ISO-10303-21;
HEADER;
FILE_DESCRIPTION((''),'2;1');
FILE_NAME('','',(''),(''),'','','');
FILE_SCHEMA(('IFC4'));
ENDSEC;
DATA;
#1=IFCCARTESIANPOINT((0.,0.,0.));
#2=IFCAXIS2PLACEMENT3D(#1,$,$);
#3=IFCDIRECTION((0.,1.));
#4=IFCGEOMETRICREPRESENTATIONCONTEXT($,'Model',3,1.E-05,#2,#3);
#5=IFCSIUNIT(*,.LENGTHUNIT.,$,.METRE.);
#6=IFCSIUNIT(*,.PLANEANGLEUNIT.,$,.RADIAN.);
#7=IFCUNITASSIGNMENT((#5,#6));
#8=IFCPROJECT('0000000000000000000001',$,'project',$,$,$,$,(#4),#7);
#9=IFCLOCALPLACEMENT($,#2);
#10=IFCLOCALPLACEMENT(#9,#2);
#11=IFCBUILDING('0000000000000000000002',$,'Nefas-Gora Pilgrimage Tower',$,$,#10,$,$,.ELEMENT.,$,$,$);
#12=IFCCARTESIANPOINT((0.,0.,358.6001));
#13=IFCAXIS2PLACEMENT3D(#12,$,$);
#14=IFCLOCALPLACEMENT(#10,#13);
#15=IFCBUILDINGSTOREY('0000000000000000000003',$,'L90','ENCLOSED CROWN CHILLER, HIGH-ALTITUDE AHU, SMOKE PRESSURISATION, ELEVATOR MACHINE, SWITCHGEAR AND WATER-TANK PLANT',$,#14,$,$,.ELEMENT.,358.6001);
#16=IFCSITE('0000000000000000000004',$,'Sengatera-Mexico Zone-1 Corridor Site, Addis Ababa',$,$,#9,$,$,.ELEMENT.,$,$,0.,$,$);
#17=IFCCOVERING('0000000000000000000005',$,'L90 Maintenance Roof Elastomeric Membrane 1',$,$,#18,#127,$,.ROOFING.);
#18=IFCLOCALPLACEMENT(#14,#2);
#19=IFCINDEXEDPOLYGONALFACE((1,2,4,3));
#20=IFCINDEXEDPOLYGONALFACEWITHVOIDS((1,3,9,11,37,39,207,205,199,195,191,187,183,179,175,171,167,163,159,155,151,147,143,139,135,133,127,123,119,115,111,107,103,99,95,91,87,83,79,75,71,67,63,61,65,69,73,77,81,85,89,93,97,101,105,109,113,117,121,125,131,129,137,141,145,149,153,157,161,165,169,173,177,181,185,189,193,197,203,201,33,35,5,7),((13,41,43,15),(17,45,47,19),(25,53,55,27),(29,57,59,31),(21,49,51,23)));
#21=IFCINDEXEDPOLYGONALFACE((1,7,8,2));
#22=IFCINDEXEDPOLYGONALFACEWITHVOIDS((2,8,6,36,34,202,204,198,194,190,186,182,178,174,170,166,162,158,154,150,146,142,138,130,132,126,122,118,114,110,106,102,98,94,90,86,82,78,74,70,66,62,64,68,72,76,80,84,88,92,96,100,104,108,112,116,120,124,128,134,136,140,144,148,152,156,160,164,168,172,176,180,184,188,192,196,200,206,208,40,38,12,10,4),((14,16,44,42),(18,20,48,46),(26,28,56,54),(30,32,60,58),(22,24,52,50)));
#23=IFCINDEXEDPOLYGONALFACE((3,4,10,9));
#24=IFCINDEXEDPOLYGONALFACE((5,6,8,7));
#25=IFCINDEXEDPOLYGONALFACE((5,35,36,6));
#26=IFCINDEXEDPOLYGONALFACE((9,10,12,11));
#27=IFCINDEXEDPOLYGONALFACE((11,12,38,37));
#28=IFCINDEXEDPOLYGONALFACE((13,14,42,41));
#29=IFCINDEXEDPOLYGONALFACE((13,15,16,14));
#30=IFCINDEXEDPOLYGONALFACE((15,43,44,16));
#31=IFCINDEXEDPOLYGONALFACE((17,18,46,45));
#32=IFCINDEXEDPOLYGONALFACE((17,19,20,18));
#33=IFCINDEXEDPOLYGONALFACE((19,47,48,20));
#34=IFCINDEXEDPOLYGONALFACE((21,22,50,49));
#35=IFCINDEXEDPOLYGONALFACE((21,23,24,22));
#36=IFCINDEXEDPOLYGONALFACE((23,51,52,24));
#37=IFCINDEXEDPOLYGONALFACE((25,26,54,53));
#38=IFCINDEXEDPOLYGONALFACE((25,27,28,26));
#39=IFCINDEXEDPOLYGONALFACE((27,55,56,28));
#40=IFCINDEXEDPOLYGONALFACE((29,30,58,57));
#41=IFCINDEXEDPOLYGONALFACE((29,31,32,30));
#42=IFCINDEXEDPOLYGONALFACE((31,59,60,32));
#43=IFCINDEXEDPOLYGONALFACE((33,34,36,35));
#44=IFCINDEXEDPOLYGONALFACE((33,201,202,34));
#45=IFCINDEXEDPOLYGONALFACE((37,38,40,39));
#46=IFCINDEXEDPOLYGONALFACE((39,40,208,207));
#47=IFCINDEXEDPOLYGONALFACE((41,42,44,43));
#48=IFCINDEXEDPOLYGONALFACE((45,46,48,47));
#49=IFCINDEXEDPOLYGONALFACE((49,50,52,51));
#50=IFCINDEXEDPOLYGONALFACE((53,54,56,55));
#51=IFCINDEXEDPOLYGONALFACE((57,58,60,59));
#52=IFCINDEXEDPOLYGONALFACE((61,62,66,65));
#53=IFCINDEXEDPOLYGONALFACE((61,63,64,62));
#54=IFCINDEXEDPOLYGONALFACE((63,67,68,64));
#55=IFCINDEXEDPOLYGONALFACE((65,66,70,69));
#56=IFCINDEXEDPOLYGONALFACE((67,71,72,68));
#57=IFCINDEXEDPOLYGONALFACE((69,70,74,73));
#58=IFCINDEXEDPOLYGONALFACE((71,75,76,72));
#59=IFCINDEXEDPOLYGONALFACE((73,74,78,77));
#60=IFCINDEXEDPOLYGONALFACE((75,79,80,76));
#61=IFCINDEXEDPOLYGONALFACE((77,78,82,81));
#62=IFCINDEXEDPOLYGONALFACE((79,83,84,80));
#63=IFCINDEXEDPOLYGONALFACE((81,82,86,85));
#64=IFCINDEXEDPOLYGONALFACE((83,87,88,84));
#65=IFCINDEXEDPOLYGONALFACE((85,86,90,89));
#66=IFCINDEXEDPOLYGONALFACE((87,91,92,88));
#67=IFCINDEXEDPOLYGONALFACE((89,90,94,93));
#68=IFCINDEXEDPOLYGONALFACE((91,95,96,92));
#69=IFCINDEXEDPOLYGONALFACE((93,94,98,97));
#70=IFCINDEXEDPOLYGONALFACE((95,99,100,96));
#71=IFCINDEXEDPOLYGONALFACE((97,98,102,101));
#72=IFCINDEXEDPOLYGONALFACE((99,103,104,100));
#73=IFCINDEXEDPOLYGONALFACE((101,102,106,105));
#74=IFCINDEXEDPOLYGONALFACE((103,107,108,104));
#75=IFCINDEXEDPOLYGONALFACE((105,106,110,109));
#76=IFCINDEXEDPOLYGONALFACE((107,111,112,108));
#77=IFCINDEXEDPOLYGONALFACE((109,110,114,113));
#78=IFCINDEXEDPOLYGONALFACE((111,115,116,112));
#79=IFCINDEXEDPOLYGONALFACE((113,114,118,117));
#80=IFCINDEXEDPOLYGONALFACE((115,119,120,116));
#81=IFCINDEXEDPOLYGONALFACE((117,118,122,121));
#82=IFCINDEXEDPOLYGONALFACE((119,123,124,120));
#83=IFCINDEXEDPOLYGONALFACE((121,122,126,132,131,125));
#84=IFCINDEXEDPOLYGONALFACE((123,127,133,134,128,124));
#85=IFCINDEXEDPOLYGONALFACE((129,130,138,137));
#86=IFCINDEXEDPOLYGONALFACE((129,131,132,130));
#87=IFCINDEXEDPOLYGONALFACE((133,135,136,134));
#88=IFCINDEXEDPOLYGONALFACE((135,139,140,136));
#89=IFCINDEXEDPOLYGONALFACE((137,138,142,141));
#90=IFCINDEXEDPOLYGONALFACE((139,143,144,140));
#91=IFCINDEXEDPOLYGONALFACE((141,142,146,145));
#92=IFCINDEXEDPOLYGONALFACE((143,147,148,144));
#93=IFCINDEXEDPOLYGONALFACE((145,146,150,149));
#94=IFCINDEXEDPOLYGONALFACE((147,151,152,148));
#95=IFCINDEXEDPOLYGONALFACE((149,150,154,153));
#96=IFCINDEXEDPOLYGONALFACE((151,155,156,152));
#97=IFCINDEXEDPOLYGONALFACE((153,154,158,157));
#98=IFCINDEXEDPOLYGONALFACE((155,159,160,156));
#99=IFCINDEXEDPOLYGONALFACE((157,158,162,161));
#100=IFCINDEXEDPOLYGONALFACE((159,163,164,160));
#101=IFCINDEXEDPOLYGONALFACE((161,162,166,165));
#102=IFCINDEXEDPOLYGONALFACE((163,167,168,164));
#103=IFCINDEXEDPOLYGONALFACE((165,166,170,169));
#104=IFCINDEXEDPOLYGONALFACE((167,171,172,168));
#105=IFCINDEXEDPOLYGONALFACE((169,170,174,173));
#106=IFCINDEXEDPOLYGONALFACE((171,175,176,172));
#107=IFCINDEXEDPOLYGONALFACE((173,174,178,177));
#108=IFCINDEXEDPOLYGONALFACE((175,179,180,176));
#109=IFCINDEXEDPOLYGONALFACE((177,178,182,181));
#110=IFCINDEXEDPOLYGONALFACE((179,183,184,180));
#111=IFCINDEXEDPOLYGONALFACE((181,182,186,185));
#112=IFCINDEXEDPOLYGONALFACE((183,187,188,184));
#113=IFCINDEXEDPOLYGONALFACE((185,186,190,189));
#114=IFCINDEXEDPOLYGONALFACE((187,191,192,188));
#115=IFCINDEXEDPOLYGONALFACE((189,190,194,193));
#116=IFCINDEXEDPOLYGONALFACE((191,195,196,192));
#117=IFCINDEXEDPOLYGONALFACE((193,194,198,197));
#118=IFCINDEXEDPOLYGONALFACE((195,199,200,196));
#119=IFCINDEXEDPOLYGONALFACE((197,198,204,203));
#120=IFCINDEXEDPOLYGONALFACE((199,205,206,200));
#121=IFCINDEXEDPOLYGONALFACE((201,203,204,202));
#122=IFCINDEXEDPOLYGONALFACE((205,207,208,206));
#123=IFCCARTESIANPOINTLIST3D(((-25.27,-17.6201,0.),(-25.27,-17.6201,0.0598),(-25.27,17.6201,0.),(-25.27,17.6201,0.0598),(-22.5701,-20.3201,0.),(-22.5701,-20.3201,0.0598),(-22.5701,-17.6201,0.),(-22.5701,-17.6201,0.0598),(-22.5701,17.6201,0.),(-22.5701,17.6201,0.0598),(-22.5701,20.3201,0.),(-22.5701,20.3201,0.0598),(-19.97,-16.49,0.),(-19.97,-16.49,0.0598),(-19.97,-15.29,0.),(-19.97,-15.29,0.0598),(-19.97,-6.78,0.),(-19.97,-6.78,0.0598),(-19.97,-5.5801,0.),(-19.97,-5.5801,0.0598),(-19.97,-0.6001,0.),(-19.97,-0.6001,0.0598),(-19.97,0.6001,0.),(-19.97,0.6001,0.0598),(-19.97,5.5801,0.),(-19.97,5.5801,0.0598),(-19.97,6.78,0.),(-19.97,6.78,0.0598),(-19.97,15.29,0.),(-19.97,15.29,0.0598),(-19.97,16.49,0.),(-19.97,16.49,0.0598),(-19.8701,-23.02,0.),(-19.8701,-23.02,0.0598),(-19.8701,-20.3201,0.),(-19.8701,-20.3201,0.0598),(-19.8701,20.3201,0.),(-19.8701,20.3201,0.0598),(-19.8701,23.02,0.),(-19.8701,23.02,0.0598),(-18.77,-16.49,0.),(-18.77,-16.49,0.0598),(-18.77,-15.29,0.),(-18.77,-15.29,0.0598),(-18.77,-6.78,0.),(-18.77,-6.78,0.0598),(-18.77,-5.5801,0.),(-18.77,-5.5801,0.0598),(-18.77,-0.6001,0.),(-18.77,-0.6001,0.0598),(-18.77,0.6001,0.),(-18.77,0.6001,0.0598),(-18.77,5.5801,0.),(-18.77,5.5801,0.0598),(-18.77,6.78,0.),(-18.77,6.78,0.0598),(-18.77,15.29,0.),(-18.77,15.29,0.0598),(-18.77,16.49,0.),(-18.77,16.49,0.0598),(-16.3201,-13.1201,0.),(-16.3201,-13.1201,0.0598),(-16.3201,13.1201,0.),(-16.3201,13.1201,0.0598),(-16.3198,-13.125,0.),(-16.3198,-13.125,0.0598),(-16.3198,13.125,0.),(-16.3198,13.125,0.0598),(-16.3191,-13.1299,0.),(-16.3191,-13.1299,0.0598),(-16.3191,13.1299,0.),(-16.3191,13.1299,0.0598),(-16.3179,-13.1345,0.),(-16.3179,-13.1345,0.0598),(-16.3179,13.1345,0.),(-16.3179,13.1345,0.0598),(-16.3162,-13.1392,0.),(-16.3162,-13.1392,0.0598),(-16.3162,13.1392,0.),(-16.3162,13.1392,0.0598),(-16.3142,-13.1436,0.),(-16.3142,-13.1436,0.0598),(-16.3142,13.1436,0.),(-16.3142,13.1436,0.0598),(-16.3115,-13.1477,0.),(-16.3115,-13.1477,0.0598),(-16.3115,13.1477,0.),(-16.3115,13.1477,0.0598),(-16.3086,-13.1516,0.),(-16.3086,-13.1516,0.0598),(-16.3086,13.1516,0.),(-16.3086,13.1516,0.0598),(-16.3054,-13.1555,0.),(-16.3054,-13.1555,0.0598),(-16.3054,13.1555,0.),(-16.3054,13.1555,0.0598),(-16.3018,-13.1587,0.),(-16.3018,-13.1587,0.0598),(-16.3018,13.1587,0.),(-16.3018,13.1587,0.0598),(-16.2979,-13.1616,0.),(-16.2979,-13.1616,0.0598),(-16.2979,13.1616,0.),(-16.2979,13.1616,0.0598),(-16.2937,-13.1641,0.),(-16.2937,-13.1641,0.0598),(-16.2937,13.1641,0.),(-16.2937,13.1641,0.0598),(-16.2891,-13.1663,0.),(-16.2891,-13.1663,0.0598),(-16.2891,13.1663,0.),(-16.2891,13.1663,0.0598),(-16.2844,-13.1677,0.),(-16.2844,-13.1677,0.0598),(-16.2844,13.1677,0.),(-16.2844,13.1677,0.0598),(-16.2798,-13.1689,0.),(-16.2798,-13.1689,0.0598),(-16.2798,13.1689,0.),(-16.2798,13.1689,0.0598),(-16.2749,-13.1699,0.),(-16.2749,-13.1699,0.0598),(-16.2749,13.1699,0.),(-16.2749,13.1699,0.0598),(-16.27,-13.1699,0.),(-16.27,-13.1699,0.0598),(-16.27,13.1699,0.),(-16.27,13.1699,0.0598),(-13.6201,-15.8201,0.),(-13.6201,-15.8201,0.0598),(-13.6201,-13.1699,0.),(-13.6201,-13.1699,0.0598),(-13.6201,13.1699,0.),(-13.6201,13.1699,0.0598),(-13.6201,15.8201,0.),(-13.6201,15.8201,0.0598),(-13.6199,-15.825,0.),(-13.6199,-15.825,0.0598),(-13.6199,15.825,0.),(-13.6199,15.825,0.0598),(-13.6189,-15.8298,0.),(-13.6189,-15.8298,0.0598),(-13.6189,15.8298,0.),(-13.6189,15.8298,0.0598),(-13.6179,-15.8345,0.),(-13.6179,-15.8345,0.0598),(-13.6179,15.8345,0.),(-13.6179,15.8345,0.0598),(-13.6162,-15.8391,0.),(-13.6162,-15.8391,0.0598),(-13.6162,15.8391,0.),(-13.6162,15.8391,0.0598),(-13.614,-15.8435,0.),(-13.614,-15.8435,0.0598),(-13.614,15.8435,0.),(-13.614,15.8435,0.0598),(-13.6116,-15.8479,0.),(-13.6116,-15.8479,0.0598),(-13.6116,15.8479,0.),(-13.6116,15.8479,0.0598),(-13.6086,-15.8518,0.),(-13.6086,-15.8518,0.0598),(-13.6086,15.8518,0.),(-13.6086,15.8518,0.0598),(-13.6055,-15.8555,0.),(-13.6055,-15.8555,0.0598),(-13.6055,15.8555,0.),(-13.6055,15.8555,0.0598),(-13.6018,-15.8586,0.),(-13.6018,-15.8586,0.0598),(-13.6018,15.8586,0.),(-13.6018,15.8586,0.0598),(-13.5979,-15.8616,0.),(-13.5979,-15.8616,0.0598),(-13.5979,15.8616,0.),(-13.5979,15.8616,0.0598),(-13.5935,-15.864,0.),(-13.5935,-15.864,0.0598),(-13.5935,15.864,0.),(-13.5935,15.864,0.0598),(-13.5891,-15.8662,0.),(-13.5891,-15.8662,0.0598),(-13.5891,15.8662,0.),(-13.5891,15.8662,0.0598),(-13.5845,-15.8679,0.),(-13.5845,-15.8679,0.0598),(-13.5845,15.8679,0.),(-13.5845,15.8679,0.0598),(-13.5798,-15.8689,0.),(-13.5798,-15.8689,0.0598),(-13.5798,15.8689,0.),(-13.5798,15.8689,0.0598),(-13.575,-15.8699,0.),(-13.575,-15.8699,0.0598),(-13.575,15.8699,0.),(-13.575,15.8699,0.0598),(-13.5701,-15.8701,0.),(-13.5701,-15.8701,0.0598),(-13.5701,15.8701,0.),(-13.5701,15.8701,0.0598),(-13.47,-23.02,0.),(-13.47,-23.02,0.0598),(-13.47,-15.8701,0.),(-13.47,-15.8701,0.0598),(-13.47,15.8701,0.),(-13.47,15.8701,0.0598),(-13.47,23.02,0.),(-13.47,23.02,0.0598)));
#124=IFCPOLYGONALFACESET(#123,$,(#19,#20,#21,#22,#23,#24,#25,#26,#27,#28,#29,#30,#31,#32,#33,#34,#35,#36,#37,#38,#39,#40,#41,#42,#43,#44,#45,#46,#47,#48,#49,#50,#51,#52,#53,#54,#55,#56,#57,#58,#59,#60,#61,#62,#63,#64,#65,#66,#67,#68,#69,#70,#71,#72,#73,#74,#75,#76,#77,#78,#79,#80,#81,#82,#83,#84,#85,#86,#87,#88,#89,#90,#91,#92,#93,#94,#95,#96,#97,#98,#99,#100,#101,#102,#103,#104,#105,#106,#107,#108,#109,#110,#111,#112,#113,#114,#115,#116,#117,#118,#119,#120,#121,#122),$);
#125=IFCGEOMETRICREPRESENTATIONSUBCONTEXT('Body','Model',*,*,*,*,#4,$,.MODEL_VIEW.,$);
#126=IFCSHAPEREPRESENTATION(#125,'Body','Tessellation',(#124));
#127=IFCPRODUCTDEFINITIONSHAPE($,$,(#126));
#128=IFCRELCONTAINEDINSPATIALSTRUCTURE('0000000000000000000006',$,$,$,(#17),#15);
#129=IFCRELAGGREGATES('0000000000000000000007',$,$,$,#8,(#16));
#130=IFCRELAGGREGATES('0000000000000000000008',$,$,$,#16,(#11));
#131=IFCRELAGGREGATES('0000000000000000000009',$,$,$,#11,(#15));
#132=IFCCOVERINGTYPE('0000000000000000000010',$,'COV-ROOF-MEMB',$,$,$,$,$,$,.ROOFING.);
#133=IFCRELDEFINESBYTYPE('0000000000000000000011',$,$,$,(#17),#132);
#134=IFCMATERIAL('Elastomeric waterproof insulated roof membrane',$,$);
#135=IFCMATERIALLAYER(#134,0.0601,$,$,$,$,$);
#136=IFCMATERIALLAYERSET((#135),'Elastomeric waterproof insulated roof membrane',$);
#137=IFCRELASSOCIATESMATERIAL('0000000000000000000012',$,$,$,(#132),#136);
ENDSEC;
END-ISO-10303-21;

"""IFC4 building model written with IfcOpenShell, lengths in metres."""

from ifc_helpers import new_model, si_unit, direction, frame, origin, place, context, subcontext, project, spatial, polyline, outline, extrude, material, layer, layer_set, type_object, element, save


model = new_model("IFC4")

# Units and contexts
model_context = context("Model", 3, precision=1e-05, world=origin(), true_north=direction((0.0, 1.0)))
body_context = subcontext(model_context, "Body", "Model", "MODEL_VIEW")
ifc_project = project(units=[si_unit("LENGTHUNIT", "METRE"), si_unit("PLANEANGLEUNIT", "RADIAN")], contexts=[model_context])

# Site, building, storey
site_placement = place(None, origin())
site = spatial("IfcSite", under=ifc_project, at=site_placement, Name="Sengatera-Mexico Zone-1 Corridor Site, Addis Ababa", CompositionType="ELEMENT", RefElevation=0.0)
building_placement = place(site_placement, origin())
building = spatial("IfcBuilding", under=site, at=building_placement, Name="Nefas-Gora Pilgrimage Tower", CompositionType="ELEMENT")
storey_placement = place(building_placement, frame((0.0, 0.0, 358.6001)))
storey = spatial("IfcBuildingStorey", under=building, at=storey_placement, Name="L90", Description="ENCLOSED CROWN CHILLER, HIGH-ALTITUDE AHU, SMOKE PRESSURISATION, ELEVATOR MACHINE, SWITCHGEAR AND WATER-TANK PLANT", CompositionType="ELEMENT", Elevation=358.6001)

# Covering
ifc_material_1 = material(Name="Elastomeric waterproof insulated roof membrane")
ifc_layer_1 = layer(ifc_material_1, 0.0601)
ifc_layer_set_1 = layer_set([ifc_layer_1], Name="Elastomeric waterproof insulated roof membrane")
covering_type = type_object("IfcCoveringType", Name="COV-ROOF-MEMB", PredefinedType="ROOFING", material=ifc_layer_set_1)
covering_1_placement = place(storey_placement, origin())
element("IfcCovering", 1, at=covering_1_placement, inside=storey, type_object=covering_type, Name="L90 Maintenance Roof Elastomeric Membrane 1", PredefinedType="ROOFING", context=body_context, shape_type="SweptSolid", body=[
    extrude(outline(polyline([(-13.47, -23.02), (-13.47, -15.8701), (-13.5701, -15.8701), (-13.575, -15.8699), (-13.5798, -15.8689), (-13.5845, -15.8679), (-13.5891, -15.8662), (-13.5935, -15.864), (-13.5979, -15.8616), (-13.6018, -15.8586), (-13.6055, -15.8555), (-13.6086, -15.8518), (-13.6116, -15.8479), (-13.614, -15.8435), (-13.6162, -15.8391), (-13.6179, -15.8345), (-13.6189, -15.8298), (-13.6199, -15.825), (-13.6201, -15.8201), (-13.6201, -13.1699), (-16.27, -13.1699), (-16.2749, -13.1699), (-16.2798, -13.1689), (-16.2844, -13.1677), (-16.2891, -13.1663), (-16.2937, -13.1641), (-16.2979, -13.1616), (-16.3018, -13.1587), (-16.3054, -13.1555), (-16.3086, -13.1516), (-16.3115, -13.1477), (-16.3142, -13.1436), (-16.3162, -13.1392), (-16.3179, -13.1345), (-16.3191, -13.1299), (-16.3198, -13.125), (-16.3201, -13.1201), (-16.3201, 13.1201), (-16.3198, 13.125), (-16.3191, 13.1299), (-16.3179, 13.1345), (-16.3162, 13.1392), (-16.3142, 13.1436), (-16.3115, 13.1477), (-16.3086, 13.1516), (-16.3054, 13.1555), (-16.3018, 13.1587), (-16.2979, 13.1616), (-16.2937, 13.1641), (-16.2891, 13.1663), (-16.2844, 13.1677), (-16.2798, 13.1689), (-16.2749, 13.1699), (-16.27, 13.1699), (-13.6201, 13.1699), (-13.6201, 15.8201), (-13.6199, 15.825), (-13.6189, 15.8298), (-13.6179, 15.8345), (-13.6162, 15.8391), (-13.614, 15.8435), (-13.6116, 15.8479), (-13.6086, 15.8518), (-13.6055, 15.8555), (-13.6018, 15.8586), (-13.5979, 15.8616), (-13.5935, 15.864), (-13.5891, 15.8662), (-13.5845, 15.8679), (-13.5798, 15.8689), (-13.575, 15.8699), (-13.5701, 15.8701), (-13.47, 15.8701), (-13.47, 23.02), (-19.8701, 23.02), (-19.8701, 20.3201), (-22.5701, 20.3201), (-22.5701, 17.6201), (-25.27, 17.6201), (-25.27, -17.6201), (-22.5701, -17.6201), (-22.5701, -20.3201), (-19.8701, -20.3201), (-19.8701, -23.02), (-13.47, -23.02)]), holes=[polyline([(-19.97, -16.49), (-19.97, -15.29), (-18.77, -15.29), (-18.77, -16.49), (-19.97, -16.49)]), polyline([(-19.97, -6.78), (-19.97, -5.5801), (-18.77, -5.5801), (-18.77, -6.78), (-19.97, -6.78)]), polyline([(-19.97, 5.5801), (-19.97, 6.78), (-18.77, 6.78), (-18.77, 5.5801), (-19.97, 5.5801)]), polyline([(-19.97, 15.29), (-19.97, 16.49), (-18.77, 16.49), (-18.77, 15.29), (-19.97, 15.29)]), polyline([(-19.97, -0.6001), (-19.97, 0.6001), (-18.77, 0.6001), (-18.77, -0.6001), (-19.97, -0.6001)])]), origin(), (0.0, 0.0, 1.0), 0.0598),
])

save(model, "model.ifc")
